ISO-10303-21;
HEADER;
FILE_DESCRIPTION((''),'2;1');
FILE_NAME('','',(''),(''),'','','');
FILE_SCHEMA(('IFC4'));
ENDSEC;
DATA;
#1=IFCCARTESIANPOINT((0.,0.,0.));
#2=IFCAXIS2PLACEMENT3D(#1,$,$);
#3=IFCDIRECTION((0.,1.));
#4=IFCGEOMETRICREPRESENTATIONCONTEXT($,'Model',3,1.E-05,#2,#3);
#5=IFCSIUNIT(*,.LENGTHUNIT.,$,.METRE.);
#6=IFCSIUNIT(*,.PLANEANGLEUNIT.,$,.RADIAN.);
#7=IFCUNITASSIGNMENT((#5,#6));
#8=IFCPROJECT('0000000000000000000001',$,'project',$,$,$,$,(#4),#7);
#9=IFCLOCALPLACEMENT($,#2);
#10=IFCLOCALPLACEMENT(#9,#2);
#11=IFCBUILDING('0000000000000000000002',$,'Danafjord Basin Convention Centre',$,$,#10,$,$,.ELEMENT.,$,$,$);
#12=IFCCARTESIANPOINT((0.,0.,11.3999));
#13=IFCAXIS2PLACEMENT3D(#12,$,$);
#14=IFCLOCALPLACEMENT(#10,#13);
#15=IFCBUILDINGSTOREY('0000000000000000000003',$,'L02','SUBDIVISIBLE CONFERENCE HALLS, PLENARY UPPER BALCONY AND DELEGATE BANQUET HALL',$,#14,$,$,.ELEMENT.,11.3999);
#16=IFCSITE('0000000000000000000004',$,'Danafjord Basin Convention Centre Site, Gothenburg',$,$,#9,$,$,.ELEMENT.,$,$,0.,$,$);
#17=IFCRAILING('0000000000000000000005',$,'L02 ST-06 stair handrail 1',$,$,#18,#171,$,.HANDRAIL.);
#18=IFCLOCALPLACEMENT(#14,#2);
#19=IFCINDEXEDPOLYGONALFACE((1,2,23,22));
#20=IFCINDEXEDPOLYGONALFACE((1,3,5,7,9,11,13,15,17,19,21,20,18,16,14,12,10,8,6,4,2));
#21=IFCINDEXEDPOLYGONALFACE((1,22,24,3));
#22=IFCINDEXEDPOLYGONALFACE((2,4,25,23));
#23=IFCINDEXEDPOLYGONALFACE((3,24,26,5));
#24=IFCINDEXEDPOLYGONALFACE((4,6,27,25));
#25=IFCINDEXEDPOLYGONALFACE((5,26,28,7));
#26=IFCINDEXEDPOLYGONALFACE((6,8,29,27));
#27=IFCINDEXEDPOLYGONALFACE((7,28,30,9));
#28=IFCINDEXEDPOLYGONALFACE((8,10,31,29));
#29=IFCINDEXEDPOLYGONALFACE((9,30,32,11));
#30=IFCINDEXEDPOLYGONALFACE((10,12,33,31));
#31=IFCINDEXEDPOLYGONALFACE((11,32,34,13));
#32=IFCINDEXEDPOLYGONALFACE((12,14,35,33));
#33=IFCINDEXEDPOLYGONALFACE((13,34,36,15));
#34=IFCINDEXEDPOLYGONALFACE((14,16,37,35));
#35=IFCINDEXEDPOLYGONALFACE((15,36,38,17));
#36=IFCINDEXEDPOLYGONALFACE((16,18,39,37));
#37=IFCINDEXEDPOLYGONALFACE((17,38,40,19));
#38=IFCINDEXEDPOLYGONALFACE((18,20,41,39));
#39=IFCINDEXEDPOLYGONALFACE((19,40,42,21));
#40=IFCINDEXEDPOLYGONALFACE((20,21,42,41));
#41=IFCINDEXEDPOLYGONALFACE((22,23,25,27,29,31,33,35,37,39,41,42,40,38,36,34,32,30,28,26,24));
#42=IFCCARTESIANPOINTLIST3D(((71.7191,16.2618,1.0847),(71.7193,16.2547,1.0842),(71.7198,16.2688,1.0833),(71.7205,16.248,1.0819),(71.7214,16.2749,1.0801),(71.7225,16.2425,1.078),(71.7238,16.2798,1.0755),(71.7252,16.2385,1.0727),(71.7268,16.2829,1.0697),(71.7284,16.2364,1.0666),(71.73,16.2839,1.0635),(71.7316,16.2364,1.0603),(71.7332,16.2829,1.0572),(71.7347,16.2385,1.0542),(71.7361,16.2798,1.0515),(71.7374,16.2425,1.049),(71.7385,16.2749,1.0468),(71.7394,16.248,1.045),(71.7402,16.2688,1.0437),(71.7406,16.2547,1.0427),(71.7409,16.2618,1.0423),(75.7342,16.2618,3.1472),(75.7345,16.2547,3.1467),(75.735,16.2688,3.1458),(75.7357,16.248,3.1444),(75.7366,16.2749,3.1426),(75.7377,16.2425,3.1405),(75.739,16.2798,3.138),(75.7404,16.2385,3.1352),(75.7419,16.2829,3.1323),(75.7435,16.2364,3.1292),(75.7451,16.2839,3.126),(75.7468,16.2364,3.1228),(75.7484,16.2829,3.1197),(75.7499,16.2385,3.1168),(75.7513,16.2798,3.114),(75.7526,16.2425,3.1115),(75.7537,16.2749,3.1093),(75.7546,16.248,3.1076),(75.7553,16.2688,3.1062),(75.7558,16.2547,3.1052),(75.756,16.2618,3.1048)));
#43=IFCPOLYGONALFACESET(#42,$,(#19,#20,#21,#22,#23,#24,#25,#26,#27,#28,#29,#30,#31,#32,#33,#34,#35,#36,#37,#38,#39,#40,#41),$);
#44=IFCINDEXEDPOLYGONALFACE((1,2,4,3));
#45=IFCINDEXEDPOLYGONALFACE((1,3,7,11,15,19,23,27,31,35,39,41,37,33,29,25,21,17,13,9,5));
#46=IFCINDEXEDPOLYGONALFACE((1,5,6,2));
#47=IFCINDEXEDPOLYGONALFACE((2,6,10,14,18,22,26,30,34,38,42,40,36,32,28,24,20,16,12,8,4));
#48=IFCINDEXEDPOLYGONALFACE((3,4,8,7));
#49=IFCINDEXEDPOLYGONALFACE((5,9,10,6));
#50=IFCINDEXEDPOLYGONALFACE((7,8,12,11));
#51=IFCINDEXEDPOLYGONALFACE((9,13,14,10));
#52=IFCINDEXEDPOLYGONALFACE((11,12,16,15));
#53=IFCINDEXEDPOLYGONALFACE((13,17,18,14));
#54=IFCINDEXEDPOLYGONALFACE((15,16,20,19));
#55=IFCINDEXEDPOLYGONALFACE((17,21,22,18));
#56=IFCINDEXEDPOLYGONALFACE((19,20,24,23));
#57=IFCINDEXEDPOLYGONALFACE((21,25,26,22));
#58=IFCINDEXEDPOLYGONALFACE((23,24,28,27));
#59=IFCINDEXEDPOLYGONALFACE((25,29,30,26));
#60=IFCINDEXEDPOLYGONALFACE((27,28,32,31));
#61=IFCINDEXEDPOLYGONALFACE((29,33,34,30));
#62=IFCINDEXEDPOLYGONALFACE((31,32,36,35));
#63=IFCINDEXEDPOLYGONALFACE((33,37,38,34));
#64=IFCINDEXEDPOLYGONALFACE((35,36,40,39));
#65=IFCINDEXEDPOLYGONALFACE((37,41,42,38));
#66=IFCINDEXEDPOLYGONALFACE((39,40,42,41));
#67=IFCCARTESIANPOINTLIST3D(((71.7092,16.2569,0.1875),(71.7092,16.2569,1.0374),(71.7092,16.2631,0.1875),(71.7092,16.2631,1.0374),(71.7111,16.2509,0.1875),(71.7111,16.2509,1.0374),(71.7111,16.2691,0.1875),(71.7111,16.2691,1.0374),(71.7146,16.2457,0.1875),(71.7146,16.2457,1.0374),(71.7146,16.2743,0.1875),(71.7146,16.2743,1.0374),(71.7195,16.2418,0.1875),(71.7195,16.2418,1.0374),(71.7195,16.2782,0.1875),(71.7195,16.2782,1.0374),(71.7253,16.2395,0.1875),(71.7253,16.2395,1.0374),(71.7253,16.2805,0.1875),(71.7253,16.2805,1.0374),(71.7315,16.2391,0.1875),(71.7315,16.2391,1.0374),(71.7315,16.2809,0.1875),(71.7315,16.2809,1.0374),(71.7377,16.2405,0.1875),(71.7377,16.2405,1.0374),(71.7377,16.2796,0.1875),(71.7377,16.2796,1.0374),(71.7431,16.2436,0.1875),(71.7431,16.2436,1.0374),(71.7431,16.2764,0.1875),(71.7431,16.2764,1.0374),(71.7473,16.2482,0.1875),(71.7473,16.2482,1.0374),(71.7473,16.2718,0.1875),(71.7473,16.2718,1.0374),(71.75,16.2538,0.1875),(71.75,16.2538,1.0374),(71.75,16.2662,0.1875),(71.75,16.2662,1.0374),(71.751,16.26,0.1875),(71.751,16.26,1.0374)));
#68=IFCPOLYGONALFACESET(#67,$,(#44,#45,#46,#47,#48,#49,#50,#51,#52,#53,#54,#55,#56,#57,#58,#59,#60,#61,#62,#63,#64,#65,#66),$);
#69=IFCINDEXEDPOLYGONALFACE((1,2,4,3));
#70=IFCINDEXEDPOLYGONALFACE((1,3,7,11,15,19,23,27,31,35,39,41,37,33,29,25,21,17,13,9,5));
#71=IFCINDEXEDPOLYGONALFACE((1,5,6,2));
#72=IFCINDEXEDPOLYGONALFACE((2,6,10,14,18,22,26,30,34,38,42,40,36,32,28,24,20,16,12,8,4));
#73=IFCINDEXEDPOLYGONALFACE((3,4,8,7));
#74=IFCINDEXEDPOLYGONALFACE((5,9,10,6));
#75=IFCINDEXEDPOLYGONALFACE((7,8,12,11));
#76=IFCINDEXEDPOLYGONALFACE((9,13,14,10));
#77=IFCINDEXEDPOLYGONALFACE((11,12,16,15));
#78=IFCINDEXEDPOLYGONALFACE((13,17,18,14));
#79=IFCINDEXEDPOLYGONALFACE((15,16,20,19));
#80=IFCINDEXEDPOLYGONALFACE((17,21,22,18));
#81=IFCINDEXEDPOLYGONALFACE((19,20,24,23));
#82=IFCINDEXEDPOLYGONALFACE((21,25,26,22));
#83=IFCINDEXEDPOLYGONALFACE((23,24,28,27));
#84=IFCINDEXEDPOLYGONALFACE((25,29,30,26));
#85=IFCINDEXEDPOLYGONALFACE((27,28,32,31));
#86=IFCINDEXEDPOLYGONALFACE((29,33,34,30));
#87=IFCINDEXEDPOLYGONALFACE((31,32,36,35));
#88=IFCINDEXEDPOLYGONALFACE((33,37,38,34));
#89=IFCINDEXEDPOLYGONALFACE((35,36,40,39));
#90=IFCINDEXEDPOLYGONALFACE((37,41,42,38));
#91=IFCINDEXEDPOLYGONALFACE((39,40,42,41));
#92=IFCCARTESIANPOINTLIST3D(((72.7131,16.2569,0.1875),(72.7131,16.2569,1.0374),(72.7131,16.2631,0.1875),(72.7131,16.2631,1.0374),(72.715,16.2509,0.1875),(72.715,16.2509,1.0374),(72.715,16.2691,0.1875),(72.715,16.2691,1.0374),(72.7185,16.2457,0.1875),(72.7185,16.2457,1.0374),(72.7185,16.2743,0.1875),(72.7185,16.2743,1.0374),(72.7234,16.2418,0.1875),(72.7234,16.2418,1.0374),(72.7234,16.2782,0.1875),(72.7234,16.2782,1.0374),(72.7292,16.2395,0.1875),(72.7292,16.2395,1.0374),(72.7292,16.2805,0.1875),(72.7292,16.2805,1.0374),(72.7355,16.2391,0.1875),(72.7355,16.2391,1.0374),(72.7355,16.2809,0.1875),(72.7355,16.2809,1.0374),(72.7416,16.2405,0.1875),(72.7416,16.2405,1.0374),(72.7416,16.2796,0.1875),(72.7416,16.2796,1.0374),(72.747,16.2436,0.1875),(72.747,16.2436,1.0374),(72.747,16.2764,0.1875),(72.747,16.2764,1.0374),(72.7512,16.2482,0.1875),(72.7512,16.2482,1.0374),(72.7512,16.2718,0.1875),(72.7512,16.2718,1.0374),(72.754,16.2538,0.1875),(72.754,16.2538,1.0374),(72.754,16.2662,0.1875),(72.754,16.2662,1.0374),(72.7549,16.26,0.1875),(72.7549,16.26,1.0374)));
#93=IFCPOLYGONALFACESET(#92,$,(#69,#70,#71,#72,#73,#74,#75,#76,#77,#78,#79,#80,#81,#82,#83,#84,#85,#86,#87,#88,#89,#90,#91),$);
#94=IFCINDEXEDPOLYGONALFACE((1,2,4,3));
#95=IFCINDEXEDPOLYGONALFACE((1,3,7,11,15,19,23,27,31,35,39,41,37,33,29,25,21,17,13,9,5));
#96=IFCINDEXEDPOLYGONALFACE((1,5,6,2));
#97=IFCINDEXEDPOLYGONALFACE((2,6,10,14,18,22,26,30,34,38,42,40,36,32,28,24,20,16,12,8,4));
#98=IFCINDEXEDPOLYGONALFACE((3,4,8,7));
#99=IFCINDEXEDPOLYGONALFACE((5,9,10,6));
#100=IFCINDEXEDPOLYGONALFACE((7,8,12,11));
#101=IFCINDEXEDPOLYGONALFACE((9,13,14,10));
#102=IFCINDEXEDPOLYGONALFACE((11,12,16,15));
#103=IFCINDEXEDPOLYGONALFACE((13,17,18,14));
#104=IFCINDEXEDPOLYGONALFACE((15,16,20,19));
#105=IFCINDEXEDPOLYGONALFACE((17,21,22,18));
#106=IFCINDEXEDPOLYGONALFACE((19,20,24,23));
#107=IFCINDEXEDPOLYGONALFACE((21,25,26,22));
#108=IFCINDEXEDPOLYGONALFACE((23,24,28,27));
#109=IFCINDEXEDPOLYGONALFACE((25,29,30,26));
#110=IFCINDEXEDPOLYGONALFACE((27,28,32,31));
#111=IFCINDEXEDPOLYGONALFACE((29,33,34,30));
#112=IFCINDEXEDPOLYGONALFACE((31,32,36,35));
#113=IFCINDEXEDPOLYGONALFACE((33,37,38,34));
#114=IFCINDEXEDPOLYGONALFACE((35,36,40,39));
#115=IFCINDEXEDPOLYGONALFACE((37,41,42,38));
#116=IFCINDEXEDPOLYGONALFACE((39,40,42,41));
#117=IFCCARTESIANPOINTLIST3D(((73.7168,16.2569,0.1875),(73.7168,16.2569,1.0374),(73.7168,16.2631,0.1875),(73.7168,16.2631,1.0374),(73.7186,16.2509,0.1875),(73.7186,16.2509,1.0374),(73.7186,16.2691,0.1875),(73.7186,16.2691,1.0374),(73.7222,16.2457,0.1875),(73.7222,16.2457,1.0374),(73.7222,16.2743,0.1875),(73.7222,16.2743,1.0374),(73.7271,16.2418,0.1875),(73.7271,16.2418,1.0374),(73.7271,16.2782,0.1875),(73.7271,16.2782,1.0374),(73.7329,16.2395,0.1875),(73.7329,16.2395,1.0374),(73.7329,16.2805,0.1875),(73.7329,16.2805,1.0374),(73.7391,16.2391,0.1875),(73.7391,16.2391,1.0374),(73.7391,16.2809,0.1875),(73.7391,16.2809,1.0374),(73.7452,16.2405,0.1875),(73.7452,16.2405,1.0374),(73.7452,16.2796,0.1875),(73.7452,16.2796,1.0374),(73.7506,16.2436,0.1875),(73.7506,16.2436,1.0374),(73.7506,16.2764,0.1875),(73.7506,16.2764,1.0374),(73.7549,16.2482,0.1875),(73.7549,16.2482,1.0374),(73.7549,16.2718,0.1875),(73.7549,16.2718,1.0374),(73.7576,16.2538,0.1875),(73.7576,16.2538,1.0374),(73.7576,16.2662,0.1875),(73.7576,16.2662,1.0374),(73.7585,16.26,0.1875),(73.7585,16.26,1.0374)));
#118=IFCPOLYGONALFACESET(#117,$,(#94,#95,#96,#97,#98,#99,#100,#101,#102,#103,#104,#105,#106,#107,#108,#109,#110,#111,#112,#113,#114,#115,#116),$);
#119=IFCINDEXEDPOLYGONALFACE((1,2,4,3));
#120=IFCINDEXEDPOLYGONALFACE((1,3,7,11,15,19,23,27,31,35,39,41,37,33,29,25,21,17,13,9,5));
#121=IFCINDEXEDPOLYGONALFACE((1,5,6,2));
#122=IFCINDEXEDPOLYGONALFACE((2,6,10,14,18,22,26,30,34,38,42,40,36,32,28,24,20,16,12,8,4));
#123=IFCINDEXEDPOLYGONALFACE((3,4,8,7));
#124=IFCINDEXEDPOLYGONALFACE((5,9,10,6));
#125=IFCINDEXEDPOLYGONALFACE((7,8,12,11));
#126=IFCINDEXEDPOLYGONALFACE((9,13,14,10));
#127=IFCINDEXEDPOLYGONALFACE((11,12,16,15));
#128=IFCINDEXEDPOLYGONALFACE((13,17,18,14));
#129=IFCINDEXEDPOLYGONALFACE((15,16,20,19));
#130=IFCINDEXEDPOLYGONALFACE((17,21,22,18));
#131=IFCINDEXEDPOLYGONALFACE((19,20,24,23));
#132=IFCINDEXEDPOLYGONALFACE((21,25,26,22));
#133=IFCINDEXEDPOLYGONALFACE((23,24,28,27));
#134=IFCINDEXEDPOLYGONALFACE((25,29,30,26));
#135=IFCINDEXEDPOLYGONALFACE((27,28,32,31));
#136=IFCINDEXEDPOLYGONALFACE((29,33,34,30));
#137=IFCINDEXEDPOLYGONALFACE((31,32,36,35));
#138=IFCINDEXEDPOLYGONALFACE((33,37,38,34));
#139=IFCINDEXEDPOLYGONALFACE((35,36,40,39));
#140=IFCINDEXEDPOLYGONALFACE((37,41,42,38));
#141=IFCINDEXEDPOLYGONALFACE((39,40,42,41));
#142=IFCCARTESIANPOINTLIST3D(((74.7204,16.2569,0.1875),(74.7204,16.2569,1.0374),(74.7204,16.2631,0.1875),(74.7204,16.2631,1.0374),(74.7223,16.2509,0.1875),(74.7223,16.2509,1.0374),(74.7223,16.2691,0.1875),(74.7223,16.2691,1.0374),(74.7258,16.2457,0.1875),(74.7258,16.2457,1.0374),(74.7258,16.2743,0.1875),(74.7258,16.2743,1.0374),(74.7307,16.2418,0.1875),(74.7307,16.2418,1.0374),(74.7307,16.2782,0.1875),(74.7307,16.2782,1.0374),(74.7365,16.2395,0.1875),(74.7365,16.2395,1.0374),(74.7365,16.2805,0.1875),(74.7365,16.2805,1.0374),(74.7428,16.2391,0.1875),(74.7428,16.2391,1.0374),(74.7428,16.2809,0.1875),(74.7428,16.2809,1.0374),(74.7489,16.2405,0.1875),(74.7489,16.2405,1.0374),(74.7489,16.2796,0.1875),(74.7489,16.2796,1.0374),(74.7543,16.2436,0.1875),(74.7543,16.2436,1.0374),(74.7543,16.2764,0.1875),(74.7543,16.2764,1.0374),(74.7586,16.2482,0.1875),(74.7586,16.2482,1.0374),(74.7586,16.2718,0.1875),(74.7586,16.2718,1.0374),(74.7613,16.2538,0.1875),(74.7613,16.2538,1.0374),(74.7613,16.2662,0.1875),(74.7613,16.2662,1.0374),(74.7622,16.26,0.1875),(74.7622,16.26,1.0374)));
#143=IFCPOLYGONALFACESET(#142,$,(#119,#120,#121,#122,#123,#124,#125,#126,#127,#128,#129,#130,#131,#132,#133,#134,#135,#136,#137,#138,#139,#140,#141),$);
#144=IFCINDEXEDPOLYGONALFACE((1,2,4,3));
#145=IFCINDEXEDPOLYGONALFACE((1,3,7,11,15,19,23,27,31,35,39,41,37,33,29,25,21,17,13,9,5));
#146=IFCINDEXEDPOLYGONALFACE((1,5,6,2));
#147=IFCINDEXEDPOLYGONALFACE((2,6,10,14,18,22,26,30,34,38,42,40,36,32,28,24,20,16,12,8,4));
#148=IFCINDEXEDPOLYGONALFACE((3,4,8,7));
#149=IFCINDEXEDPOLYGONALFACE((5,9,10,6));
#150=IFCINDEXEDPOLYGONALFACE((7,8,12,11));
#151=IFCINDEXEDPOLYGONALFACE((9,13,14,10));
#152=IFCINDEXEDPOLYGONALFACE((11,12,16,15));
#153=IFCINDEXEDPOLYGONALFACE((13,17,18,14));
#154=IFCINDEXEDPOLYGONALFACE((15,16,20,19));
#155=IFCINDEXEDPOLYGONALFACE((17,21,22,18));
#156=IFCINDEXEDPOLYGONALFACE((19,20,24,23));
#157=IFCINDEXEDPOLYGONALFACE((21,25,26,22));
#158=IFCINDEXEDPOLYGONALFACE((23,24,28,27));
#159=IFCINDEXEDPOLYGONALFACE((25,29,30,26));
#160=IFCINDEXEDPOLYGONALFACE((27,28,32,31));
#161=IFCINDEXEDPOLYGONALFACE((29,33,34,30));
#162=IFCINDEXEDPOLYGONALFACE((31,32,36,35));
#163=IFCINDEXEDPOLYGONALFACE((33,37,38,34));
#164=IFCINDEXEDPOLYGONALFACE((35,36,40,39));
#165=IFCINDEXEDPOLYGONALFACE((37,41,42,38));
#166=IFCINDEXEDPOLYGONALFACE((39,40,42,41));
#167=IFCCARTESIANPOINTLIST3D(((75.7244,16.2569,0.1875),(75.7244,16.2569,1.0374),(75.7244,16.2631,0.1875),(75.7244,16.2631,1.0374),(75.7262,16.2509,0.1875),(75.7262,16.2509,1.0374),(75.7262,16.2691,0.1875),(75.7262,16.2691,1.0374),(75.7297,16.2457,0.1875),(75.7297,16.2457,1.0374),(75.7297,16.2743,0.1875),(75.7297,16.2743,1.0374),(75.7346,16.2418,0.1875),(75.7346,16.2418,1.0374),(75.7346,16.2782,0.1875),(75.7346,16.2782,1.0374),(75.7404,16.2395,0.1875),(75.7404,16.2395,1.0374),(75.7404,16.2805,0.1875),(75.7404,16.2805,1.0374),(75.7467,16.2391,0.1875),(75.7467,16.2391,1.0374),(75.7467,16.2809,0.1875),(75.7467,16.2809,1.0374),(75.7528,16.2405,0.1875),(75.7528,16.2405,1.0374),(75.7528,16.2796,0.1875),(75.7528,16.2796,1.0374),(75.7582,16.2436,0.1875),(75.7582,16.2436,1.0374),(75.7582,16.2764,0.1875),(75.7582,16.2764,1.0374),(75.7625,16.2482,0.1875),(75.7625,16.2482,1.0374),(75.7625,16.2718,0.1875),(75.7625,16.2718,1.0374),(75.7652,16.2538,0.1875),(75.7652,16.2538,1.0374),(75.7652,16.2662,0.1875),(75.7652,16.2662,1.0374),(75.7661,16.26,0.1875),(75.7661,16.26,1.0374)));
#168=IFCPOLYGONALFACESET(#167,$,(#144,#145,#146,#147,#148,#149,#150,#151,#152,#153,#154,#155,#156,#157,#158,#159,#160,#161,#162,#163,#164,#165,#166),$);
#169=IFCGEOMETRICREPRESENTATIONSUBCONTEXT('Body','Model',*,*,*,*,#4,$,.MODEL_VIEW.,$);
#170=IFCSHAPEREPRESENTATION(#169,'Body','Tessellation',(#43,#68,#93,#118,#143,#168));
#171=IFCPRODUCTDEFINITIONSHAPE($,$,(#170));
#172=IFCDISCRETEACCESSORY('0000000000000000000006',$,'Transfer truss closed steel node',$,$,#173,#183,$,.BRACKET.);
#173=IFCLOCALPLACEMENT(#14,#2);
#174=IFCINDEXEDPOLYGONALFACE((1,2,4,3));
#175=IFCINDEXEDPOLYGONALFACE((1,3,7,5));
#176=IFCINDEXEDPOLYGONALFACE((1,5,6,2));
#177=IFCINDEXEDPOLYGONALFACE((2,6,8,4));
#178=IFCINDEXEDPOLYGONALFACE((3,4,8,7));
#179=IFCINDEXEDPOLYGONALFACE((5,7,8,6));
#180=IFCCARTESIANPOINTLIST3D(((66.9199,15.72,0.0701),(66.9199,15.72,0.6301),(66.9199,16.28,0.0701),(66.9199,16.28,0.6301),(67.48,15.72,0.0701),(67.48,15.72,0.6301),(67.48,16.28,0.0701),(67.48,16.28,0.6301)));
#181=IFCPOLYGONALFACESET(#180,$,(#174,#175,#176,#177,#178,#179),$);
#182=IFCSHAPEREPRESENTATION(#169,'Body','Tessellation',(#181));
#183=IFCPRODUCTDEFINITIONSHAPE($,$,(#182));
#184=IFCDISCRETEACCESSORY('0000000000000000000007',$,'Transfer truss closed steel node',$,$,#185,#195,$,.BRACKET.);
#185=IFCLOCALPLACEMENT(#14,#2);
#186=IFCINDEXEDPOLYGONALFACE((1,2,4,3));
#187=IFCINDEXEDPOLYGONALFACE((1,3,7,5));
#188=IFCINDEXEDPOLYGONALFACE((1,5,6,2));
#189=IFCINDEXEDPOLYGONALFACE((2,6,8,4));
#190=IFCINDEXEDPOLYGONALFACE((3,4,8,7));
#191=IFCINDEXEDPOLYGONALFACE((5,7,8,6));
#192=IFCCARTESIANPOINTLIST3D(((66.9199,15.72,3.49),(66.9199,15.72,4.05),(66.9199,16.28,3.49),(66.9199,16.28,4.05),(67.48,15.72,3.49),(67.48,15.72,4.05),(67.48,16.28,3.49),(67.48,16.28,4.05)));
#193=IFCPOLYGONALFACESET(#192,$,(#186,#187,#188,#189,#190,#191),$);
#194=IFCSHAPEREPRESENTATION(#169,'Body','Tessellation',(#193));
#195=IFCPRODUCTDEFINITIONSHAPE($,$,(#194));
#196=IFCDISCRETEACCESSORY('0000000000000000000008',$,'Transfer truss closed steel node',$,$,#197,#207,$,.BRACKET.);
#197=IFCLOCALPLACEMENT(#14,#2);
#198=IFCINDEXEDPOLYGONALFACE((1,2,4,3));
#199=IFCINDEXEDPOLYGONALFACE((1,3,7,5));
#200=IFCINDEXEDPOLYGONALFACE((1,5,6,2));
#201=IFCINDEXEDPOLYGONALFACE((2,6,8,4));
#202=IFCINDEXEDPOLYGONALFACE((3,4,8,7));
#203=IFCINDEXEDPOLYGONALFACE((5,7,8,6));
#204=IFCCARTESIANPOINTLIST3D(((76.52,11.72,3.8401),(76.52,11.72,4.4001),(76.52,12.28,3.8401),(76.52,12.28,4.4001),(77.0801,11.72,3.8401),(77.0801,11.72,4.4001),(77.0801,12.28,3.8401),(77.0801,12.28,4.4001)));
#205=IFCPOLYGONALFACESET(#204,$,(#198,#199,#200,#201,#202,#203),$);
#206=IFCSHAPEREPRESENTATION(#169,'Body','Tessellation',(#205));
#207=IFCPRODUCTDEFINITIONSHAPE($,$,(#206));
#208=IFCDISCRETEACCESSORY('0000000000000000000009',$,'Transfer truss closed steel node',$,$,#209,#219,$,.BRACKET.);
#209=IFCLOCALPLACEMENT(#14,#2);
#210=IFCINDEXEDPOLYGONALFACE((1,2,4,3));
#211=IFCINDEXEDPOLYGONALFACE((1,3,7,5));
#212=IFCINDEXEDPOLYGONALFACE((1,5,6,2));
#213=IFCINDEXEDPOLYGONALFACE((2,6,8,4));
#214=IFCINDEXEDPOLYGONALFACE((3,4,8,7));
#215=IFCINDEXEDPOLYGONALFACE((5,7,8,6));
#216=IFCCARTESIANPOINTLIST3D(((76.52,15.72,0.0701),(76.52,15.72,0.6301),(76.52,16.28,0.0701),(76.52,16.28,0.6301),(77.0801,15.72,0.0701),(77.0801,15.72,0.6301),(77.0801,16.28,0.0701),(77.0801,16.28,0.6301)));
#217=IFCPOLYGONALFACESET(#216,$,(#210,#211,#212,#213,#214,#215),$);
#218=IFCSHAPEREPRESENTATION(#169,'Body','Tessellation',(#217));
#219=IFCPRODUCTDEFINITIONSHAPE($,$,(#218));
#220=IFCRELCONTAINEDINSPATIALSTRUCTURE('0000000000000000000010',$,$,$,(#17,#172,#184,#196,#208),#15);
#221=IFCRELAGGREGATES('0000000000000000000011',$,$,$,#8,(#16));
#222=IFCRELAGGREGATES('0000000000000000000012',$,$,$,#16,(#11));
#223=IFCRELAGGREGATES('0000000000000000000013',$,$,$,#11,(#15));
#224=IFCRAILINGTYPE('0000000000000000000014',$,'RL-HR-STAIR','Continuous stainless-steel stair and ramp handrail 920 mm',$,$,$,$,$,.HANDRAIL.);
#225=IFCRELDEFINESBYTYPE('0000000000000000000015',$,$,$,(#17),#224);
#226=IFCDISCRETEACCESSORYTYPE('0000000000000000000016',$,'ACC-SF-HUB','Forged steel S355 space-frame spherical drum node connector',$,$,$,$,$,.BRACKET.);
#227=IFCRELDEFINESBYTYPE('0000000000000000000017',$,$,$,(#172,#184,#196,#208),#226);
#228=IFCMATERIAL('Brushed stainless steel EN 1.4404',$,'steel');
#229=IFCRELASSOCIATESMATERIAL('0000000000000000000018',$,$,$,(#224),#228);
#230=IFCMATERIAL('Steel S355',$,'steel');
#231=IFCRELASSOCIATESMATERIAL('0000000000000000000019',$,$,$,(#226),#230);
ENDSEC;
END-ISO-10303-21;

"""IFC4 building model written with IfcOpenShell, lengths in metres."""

from ifc_helpers import new_model, si_unit, direction, frame, origin, origin_2d, place, context, subcontext, project, spatial, rectangle, circle, extrude, material, type_object, element, save


model = new_model("IFC4")

# Units and contexts
model_context = context("Model", 3, precision=1e-05, world=origin(), true_north=direction((0.0, 1.0)))
body_context = subcontext(model_context, "Body", "Model", "MODEL_VIEW")
ifc_project = project(units=[si_unit("LENGTHUNIT", "METRE"), si_unit("PLANEANGLEUNIT", "RADIAN")], contexts=[model_context])

# Site, building, storey
site_placement = place(None, origin())
site = spatial("IfcSite", under=ifc_project, at=site_placement, Name="Danafjord Basin Convention Centre Site, Gothenburg", CompositionType="ELEMENT", RefElevation=0.0)
building_placement = place(site_placement, origin())
building = spatial("IfcBuilding", under=site, at=building_placement, Name="Danafjord Basin Convention Centre", CompositionType="ELEMENT")
storey_placement = place(building_placement, frame((0.0, 0.0, 11.3999)))
storey = spatial("IfcBuildingStorey", under=building, at=storey_placement, Name="L02", Description="SUBDIVISIBLE CONFERENCE HALLS, PLENARY UPPER BALCONY AND DELEGATE BANQUET HALL", CompositionType="ELEMENT", Elevation=11.3999)

# Shared definitions
ifc_material_1 = material(Name="Steel S355", Category="steel")

# Railing
ifc_material_2 = material(Name="Brushed stainless steel EN 1.4404", Category="steel")
railing_type_1 = type_object("IfcRailingType", Name="RL-HR-STAIR", Description="Continuous stainless-steel stair and ramp handrail 920 mm", PredefinedType="HANDRAIL", material=ifc_material_2)
railing_1_placement = place(storey_placement, frame((71.73, 16.26, 0.1875)))
element("IfcRailing", 1, at=railing_1_placement, inside=storey, type_object=railing_type_1, Name="L02 ST-06 stair handrail 1", PredefinedType="HANDRAIL", context=body_context, shape_type="SweptSolid", body=[
    extrude(circle(Radius=0.0239, at=origin_2d()), frame((0.0, 0.0, 0.876), z_axis=(0.889506, 0.0, 0.456923), x_axis=(0.0, 1.0, 0.0)), (0.0, 0.0, 1.0), 4.5139),
    extrude(circle(Radius=0.021, at=origin_2d()), origin(), (0.0, 0.0, 1.0), 0.8499),
    extrude(circle(Radius=0.021, at=origin_2d()), frame((1.0039, 0.0, 0.0)), (0.0, 0.0, 1.0), 0.8499),
    extrude(circle(Radius=0.021, at=origin_2d()), frame((2.0076, 0.0, 0.0)), (0.0, 0.0, 1.0), 0.8499),
    extrude(circle(Radius=0.021, at=origin_2d()), frame((3.0112, 0.0, 0.0)), (0.0, 0.0, 1.0), 0.8499),
    extrude(circle(Radius=0.021, at=origin_2d()), frame((4.0151, 0.0, 0.0)), (0.0, 0.0, 1.0), 0.8499),
])

# Discrete accessories
discrete_accessory_type = type_object("IfcDiscreteAccessoryType", Name="ACC-SF-HUB", Description="Forged steel S355 space-frame spherical drum node connector", PredefinedType="BRACKET", material=ifc_material_1)
for number, where, z_axis, x_axis, name in (
    (2, (67.2, 16.0, 0.0701), (0.0, 0.0, 1.0), (1.0, 0.0, 0.0), "Transfer truss closed steel node"),
    (3, (67.2, 16.0, 3.49), (0.0, 0.0, 1.0), (1.0, 0.0, 0.0), "Transfer truss closed steel node"),
    (4, (76.8, 12.0, 3.8401), (0.0, 0.0, 1.0), (1.0, 0.0, 0.0), "Transfer truss closed steel node"),
    (5, (76.8, 16.0, 0.0701), (0.0, 0.0, 1.0), (1.0, 0.0, 0.0), "Transfer truss closed steel node"),
):
    element("IfcDiscreteAccessory", number, at=place(storey_placement, frame(where, z_axis=z_axis, x_axis=x_axis)), inside=storey, type_object=discrete_accessory_type, Name=name, PredefinedType="BRACKET", context=body_context, shape_type="SweptSolid", body=[
        extrude(rectangle(XDim=0.5601, YDim=0.5601, at=origin_2d()), origin(), (0.0, 0.0, 1.0), 0.5601),
    ])

save(model, "model.ifc")
